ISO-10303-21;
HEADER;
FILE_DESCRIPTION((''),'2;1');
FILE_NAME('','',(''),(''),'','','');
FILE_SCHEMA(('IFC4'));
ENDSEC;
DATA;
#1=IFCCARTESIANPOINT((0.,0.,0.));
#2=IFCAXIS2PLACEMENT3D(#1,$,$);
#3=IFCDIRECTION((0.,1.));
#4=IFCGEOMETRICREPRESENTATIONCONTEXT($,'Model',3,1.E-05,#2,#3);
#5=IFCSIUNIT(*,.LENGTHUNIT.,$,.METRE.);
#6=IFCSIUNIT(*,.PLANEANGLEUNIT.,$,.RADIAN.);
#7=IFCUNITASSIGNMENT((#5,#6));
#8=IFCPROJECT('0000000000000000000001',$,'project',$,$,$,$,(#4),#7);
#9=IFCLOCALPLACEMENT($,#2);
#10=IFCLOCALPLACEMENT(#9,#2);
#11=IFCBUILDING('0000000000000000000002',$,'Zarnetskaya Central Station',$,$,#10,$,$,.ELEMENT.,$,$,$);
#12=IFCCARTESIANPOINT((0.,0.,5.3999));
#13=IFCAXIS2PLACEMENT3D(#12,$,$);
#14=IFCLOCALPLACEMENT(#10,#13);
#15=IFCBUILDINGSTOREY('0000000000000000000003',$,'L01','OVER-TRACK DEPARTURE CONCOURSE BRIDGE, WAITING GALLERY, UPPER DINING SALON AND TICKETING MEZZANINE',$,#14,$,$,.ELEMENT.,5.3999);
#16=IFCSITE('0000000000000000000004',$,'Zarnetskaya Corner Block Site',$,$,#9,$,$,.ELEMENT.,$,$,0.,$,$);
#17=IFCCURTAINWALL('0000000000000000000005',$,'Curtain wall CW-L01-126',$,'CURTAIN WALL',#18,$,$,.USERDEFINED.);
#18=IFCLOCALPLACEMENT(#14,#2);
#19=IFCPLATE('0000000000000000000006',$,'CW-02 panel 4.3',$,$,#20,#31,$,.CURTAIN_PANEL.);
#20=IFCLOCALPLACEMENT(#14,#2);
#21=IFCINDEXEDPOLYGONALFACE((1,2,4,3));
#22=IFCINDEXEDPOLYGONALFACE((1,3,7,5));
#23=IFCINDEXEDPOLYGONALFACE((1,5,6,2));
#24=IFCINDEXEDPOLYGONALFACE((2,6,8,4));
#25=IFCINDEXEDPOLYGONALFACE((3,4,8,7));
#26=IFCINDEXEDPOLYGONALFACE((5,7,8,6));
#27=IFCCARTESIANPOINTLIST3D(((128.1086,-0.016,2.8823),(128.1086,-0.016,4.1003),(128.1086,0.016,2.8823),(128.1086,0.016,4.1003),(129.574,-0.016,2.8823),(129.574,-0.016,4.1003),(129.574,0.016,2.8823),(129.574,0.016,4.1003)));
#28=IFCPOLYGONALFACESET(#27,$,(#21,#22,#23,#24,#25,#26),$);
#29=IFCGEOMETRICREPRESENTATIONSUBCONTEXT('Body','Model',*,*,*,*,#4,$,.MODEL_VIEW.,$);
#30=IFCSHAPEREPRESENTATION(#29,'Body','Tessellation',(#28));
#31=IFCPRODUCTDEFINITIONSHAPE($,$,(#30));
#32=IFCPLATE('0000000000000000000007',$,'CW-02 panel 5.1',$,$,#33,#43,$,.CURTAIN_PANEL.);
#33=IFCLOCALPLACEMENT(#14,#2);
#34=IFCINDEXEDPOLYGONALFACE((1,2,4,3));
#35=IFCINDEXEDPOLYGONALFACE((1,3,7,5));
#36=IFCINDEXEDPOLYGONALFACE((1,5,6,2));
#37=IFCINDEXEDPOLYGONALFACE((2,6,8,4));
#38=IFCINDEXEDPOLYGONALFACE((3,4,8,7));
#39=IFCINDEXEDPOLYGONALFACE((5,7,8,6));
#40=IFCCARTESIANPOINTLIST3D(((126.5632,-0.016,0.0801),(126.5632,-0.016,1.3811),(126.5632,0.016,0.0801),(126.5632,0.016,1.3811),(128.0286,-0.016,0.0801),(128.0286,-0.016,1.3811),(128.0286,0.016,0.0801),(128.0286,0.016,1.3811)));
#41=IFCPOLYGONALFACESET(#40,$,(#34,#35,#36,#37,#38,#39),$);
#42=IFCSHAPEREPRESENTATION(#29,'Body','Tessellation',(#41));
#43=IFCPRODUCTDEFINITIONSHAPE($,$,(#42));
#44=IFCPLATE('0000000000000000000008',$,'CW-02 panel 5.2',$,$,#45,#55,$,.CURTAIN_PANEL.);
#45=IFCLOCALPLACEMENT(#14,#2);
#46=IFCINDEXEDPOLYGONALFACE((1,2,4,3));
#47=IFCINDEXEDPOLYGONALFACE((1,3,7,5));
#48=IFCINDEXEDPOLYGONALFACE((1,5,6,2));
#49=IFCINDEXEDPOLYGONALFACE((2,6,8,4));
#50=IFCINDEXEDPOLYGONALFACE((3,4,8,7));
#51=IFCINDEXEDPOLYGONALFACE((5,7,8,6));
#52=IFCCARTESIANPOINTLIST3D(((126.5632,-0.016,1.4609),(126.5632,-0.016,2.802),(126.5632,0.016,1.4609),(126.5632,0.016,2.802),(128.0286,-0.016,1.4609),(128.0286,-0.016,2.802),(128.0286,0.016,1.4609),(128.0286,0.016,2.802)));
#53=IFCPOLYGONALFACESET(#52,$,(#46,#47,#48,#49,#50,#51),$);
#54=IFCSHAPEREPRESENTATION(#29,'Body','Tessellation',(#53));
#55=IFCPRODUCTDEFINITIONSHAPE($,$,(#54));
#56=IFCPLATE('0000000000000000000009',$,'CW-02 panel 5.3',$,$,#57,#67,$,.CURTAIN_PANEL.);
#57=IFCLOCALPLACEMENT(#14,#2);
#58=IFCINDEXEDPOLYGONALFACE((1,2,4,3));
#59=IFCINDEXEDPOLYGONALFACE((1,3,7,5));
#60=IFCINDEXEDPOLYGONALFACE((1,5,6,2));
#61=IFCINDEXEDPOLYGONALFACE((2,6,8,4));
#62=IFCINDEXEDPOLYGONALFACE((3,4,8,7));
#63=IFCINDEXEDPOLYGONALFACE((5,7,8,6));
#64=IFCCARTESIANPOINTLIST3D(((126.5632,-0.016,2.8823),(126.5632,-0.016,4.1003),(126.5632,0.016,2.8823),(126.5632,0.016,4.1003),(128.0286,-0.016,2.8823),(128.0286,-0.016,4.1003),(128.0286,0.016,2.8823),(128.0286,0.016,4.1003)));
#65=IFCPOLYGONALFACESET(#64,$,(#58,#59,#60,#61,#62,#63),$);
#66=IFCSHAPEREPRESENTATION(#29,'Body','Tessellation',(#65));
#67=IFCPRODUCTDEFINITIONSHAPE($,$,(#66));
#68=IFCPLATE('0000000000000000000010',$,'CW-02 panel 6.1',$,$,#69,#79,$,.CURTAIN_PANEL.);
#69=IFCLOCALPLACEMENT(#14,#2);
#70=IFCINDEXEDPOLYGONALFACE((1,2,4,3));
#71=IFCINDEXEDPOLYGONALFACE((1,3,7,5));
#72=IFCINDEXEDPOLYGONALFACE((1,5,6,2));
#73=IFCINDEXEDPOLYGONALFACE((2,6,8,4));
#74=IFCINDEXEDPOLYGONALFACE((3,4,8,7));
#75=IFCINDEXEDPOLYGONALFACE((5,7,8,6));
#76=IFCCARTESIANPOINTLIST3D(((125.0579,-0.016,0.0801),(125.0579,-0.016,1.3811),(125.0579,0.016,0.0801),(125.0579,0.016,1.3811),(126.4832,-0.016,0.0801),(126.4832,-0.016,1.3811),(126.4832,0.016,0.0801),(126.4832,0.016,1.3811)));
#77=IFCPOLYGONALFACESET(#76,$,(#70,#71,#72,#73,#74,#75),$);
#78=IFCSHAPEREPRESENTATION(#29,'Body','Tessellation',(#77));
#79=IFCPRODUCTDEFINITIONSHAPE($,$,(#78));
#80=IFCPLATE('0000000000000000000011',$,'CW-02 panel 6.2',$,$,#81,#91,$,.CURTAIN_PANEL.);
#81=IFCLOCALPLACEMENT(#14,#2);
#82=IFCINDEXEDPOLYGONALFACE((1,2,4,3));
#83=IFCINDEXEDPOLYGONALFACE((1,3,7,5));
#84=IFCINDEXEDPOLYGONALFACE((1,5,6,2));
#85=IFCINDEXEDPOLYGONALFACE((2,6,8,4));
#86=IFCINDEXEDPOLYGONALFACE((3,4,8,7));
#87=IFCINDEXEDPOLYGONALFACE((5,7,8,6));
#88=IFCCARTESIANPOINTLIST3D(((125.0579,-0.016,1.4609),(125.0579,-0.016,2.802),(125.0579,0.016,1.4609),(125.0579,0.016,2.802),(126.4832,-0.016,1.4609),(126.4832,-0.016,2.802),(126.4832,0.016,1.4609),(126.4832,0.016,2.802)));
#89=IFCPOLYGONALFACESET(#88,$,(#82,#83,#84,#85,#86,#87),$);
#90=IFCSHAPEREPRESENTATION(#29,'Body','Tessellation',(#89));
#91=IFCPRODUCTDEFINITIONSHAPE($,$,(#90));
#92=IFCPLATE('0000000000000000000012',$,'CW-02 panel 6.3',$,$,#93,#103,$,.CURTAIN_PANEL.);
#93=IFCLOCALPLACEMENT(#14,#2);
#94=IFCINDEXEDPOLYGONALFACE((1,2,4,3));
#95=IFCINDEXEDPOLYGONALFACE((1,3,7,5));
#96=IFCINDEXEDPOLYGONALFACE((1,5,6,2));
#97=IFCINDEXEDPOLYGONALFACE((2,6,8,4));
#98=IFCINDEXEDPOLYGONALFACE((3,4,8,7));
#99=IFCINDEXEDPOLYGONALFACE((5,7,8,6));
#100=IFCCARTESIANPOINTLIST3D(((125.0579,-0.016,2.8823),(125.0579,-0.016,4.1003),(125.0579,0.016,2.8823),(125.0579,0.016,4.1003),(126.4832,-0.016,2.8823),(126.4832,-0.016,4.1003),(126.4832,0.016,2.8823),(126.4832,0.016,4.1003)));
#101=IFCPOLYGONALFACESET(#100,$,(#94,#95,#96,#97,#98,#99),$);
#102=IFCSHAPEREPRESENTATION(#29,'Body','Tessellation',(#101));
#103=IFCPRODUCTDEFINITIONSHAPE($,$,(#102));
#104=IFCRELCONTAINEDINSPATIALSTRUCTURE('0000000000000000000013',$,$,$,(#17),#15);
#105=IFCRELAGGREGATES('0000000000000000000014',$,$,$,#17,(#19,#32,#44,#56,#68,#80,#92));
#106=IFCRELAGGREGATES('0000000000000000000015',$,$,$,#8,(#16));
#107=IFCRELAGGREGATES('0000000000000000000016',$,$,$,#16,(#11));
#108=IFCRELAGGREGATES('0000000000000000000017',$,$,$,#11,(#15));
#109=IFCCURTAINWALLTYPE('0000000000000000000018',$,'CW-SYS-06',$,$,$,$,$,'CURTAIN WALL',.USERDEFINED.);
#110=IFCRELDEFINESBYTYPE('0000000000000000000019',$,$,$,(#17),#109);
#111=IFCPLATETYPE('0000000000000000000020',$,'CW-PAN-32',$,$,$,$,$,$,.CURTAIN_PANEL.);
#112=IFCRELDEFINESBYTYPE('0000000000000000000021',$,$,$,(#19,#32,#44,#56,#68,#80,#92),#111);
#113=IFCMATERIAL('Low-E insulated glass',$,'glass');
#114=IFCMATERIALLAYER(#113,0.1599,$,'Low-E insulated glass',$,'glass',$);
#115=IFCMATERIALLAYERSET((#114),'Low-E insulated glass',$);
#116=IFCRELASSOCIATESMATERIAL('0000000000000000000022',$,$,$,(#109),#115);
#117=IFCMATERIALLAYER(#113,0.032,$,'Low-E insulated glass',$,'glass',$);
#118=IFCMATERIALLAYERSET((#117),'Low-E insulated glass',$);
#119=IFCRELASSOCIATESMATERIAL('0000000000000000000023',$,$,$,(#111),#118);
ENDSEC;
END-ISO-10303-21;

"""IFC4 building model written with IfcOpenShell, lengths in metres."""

from ifc_helpers import new_model, si_unit, direction, frame, origin, origin_2d, place, context, subcontext, project, spatial, rectangle, extrude, material, layer, layer_set, type_object, element, aggregate, save


model = new_model("IFC4")

# Units and contexts
model_context = context("Model", 3, precision=1e-05, world=origin(), true_north=direction((0.0, 1.0)))
body_context = subcontext(model_context, "Body", "Model", "MODEL_VIEW")
ifc_project = project(units=[si_unit("LENGTHUNIT", "METRE"), si_unit("PLANEANGLEUNIT", "RADIAN")], contexts=[model_context])

# Site, building, storey
site_placement = place(None, origin())
site = spatial("IfcSite", under=ifc_project, at=site_placement, Name="Zarnetskaya Corner Block Site", CompositionType="ELEMENT", RefElevation=0.0)
building_placement = place(site_placement, origin())
building = spatial("IfcBuilding", under=site, at=building_placement, Name="Zarnetskaya Central Station", CompositionType="ELEMENT")
storey_placement = place(building_placement, frame((0.0, 0.0, 5.3999)))
storey = spatial("IfcBuildingStorey", under=building, at=storey_placement, Name="L01", Description="OVER-TRACK DEPARTURE CONCOURSE BRIDGE, WAITING GALLERY, UPPER DINING SALON AND TICKETING MEZZANINE", CompositionType="ELEMENT", Elevation=5.3999)

# Curtain wall, plates
ifc_material_1 = material(Name="Low-E insulated glass", Category="glass")
ifc_layer_1 = layer(ifc_material_1, 0.1599, Name="Low-E insulated glass", Category="glass")
ifc_layer_set_1 = layer_set([ifc_layer_1], Name="Low-E insulated glass")
curtain_wall_type = type_object("IfcCurtainWallType", Name="CW-SYS-06", ElementType="CURTAIN WALL", PredefinedType="USERDEFINED", material=ifc_layer_set_1)
curtain_wall_placement = place(storey_placement, origin())
curtain_wall = element("IfcCurtainWall", 1, at=curtain_wall_placement, inside=storey, type_object=curtain_wall_type, Name="Curtain wall CW-L01-126", ObjectType="CURTAIN WALL", PredefinedType="USERDEFINED")
ifc_layer_2 = layer(ifc_material_1, 0.032, Name="Low-E insulated glass", Category="glass")
ifc_layer_set_2 = layer_set([ifc_layer_2], Name="Low-E insulated glass")
plate_type = type_object("IfcPlateType", Name="CW-PAN-32", PredefinedType="CURTAIN_PANEL", material=ifc_layer_set_2)
plate_1_placement = place(storey_placement, frame((128.8413, 0.0, 2.8823), z_axis=(0.0, 0.0, 1.0), x_axis=(-1.0, 0.0, 0.0)))
plate_1 = element("IfcPlate", 2, at=plate_1_placement, type_object=plate_type, Name="CW-02 panel 4.3", PredefinedType="CURTAIN_PANEL", context=body_context, shape_type="SweptSolid", body=[
    extrude(rectangle(XDim=1.4653, YDim=0.032, at=origin_2d()), origin(), (0.0, 0.0, 1.0), 1.218),
])
plate_2_placement = place(storey_placement, frame((127.2959, 0.0, 0.0801), z_axis=(0.0, 0.0, 1.0), x_axis=(-1.0, 0.0, 0.0)))
plate_2 = element("IfcPlate", 3, at=plate_2_placement, type_object=plate_type, Name="CW-02 panel 5.1", PredefinedType="CURTAIN_PANEL", context=body_context, shape_type="SweptSolid", body=[
    extrude(rectangle(XDim=1.4653, YDim=0.032, at=origin_2d()), origin(), (0.0, 0.0, 1.0), 1.301),
])
plate_3_placement = place(storey_placement, frame((127.2959, 0.0, 1.4609), z_axis=(0.0, 0.0, 1.0), x_axis=(-1.0, 0.0, 0.0)))
plate_3 = element("IfcPlate", 4, at=plate_3_placement, type_object=plate_type, Name="CW-02 panel 5.2", PredefinedType="CURTAIN_PANEL", context=body_context, shape_type="SweptSolid", body=[
    extrude(rectangle(XDim=1.4653, YDim=0.032, at=origin_2d()), origin(), (0.0, 0.0, 1.0), 1.3411),
])
plate_4_placement = place(storey_placement, frame((127.2959, 0.0, 2.8823), z_axis=(0.0, 0.0, 1.0), x_axis=(-1.0, 0.0, 0.0)))
plate_4 = element("IfcPlate", 5, at=plate_4_placement, type_object=plate_type, Name="CW-02 panel 5.3", PredefinedType="CURTAIN_PANEL", context=body_context, shape_type="SweptSolid", body=[
    extrude(rectangle(XDim=1.4653, YDim=0.032, at=origin_2d()), origin(), (0.0, 0.0, 1.0), 1.218),
])
plate_5_placement = place(storey_placement, frame((125.7705, 0.0, 0.0801), z_axis=(0.0, 0.0, 1.0), x_axis=(-1.0, 0.0, 0.0)))
plate_5 = element("IfcPlate", 6, at=plate_5_placement, type_object=plate_type, Name="CW-02 panel 6.1", PredefinedType="CURTAIN_PANEL", context=body_context, shape_type="SweptSolid", body=[
    extrude(rectangle(XDim=1.4253, YDim=0.032, at=origin_2d()), origin(), (0.0, 0.0, 1.0), 1.301),
])
plate_6_placement = place(storey_placement, frame((125.7705, 0.0, 1.4609), z_axis=(0.0, 0.0, 1.0), x_axis=(-1.0, 0.0, 0.0)))
plate_6 = element("IfcPlate", 7, at=plate_6_placement, type_object=plate_type, Name="CW-02 panel 6.2", PredefinedType="CURTAIN_PANEL", context=body_context, shape_type="SweptSolid", body=[
    extrude(rectangle(XDim=1.4253, YDim=0.032, at=origin_2d()), origin(), (0.0, 0.0, 1.0), 1.3411),
])
plate_7_placement = place(storey_placement, frame((125.7705, 0.0, 2.8823), z_axis=(0.0, 0.0, 1.0), x_axis=(-1.0, 0.0, 0.0)))
plate_7 = element("IfcPlate", 8, at=plate_7_placement, type_object=plate_type, Name="CW-02 panel 6.3", PredefinedType="CURTAIN_PANEL", context=body_context, shape_type="SweptSolid", body=[
    extrude(rectangle(XDim=1.4253, YDim=0.032, at=origin_2d()), origin(), (0.0, 0.0, 1.0), 1.218),
])
aggregate(curtain_wall, [plate_1, plate_2, plate_3, plate_4, plate_5, plate_6, plate_7])

save(model, "model.ifc")
